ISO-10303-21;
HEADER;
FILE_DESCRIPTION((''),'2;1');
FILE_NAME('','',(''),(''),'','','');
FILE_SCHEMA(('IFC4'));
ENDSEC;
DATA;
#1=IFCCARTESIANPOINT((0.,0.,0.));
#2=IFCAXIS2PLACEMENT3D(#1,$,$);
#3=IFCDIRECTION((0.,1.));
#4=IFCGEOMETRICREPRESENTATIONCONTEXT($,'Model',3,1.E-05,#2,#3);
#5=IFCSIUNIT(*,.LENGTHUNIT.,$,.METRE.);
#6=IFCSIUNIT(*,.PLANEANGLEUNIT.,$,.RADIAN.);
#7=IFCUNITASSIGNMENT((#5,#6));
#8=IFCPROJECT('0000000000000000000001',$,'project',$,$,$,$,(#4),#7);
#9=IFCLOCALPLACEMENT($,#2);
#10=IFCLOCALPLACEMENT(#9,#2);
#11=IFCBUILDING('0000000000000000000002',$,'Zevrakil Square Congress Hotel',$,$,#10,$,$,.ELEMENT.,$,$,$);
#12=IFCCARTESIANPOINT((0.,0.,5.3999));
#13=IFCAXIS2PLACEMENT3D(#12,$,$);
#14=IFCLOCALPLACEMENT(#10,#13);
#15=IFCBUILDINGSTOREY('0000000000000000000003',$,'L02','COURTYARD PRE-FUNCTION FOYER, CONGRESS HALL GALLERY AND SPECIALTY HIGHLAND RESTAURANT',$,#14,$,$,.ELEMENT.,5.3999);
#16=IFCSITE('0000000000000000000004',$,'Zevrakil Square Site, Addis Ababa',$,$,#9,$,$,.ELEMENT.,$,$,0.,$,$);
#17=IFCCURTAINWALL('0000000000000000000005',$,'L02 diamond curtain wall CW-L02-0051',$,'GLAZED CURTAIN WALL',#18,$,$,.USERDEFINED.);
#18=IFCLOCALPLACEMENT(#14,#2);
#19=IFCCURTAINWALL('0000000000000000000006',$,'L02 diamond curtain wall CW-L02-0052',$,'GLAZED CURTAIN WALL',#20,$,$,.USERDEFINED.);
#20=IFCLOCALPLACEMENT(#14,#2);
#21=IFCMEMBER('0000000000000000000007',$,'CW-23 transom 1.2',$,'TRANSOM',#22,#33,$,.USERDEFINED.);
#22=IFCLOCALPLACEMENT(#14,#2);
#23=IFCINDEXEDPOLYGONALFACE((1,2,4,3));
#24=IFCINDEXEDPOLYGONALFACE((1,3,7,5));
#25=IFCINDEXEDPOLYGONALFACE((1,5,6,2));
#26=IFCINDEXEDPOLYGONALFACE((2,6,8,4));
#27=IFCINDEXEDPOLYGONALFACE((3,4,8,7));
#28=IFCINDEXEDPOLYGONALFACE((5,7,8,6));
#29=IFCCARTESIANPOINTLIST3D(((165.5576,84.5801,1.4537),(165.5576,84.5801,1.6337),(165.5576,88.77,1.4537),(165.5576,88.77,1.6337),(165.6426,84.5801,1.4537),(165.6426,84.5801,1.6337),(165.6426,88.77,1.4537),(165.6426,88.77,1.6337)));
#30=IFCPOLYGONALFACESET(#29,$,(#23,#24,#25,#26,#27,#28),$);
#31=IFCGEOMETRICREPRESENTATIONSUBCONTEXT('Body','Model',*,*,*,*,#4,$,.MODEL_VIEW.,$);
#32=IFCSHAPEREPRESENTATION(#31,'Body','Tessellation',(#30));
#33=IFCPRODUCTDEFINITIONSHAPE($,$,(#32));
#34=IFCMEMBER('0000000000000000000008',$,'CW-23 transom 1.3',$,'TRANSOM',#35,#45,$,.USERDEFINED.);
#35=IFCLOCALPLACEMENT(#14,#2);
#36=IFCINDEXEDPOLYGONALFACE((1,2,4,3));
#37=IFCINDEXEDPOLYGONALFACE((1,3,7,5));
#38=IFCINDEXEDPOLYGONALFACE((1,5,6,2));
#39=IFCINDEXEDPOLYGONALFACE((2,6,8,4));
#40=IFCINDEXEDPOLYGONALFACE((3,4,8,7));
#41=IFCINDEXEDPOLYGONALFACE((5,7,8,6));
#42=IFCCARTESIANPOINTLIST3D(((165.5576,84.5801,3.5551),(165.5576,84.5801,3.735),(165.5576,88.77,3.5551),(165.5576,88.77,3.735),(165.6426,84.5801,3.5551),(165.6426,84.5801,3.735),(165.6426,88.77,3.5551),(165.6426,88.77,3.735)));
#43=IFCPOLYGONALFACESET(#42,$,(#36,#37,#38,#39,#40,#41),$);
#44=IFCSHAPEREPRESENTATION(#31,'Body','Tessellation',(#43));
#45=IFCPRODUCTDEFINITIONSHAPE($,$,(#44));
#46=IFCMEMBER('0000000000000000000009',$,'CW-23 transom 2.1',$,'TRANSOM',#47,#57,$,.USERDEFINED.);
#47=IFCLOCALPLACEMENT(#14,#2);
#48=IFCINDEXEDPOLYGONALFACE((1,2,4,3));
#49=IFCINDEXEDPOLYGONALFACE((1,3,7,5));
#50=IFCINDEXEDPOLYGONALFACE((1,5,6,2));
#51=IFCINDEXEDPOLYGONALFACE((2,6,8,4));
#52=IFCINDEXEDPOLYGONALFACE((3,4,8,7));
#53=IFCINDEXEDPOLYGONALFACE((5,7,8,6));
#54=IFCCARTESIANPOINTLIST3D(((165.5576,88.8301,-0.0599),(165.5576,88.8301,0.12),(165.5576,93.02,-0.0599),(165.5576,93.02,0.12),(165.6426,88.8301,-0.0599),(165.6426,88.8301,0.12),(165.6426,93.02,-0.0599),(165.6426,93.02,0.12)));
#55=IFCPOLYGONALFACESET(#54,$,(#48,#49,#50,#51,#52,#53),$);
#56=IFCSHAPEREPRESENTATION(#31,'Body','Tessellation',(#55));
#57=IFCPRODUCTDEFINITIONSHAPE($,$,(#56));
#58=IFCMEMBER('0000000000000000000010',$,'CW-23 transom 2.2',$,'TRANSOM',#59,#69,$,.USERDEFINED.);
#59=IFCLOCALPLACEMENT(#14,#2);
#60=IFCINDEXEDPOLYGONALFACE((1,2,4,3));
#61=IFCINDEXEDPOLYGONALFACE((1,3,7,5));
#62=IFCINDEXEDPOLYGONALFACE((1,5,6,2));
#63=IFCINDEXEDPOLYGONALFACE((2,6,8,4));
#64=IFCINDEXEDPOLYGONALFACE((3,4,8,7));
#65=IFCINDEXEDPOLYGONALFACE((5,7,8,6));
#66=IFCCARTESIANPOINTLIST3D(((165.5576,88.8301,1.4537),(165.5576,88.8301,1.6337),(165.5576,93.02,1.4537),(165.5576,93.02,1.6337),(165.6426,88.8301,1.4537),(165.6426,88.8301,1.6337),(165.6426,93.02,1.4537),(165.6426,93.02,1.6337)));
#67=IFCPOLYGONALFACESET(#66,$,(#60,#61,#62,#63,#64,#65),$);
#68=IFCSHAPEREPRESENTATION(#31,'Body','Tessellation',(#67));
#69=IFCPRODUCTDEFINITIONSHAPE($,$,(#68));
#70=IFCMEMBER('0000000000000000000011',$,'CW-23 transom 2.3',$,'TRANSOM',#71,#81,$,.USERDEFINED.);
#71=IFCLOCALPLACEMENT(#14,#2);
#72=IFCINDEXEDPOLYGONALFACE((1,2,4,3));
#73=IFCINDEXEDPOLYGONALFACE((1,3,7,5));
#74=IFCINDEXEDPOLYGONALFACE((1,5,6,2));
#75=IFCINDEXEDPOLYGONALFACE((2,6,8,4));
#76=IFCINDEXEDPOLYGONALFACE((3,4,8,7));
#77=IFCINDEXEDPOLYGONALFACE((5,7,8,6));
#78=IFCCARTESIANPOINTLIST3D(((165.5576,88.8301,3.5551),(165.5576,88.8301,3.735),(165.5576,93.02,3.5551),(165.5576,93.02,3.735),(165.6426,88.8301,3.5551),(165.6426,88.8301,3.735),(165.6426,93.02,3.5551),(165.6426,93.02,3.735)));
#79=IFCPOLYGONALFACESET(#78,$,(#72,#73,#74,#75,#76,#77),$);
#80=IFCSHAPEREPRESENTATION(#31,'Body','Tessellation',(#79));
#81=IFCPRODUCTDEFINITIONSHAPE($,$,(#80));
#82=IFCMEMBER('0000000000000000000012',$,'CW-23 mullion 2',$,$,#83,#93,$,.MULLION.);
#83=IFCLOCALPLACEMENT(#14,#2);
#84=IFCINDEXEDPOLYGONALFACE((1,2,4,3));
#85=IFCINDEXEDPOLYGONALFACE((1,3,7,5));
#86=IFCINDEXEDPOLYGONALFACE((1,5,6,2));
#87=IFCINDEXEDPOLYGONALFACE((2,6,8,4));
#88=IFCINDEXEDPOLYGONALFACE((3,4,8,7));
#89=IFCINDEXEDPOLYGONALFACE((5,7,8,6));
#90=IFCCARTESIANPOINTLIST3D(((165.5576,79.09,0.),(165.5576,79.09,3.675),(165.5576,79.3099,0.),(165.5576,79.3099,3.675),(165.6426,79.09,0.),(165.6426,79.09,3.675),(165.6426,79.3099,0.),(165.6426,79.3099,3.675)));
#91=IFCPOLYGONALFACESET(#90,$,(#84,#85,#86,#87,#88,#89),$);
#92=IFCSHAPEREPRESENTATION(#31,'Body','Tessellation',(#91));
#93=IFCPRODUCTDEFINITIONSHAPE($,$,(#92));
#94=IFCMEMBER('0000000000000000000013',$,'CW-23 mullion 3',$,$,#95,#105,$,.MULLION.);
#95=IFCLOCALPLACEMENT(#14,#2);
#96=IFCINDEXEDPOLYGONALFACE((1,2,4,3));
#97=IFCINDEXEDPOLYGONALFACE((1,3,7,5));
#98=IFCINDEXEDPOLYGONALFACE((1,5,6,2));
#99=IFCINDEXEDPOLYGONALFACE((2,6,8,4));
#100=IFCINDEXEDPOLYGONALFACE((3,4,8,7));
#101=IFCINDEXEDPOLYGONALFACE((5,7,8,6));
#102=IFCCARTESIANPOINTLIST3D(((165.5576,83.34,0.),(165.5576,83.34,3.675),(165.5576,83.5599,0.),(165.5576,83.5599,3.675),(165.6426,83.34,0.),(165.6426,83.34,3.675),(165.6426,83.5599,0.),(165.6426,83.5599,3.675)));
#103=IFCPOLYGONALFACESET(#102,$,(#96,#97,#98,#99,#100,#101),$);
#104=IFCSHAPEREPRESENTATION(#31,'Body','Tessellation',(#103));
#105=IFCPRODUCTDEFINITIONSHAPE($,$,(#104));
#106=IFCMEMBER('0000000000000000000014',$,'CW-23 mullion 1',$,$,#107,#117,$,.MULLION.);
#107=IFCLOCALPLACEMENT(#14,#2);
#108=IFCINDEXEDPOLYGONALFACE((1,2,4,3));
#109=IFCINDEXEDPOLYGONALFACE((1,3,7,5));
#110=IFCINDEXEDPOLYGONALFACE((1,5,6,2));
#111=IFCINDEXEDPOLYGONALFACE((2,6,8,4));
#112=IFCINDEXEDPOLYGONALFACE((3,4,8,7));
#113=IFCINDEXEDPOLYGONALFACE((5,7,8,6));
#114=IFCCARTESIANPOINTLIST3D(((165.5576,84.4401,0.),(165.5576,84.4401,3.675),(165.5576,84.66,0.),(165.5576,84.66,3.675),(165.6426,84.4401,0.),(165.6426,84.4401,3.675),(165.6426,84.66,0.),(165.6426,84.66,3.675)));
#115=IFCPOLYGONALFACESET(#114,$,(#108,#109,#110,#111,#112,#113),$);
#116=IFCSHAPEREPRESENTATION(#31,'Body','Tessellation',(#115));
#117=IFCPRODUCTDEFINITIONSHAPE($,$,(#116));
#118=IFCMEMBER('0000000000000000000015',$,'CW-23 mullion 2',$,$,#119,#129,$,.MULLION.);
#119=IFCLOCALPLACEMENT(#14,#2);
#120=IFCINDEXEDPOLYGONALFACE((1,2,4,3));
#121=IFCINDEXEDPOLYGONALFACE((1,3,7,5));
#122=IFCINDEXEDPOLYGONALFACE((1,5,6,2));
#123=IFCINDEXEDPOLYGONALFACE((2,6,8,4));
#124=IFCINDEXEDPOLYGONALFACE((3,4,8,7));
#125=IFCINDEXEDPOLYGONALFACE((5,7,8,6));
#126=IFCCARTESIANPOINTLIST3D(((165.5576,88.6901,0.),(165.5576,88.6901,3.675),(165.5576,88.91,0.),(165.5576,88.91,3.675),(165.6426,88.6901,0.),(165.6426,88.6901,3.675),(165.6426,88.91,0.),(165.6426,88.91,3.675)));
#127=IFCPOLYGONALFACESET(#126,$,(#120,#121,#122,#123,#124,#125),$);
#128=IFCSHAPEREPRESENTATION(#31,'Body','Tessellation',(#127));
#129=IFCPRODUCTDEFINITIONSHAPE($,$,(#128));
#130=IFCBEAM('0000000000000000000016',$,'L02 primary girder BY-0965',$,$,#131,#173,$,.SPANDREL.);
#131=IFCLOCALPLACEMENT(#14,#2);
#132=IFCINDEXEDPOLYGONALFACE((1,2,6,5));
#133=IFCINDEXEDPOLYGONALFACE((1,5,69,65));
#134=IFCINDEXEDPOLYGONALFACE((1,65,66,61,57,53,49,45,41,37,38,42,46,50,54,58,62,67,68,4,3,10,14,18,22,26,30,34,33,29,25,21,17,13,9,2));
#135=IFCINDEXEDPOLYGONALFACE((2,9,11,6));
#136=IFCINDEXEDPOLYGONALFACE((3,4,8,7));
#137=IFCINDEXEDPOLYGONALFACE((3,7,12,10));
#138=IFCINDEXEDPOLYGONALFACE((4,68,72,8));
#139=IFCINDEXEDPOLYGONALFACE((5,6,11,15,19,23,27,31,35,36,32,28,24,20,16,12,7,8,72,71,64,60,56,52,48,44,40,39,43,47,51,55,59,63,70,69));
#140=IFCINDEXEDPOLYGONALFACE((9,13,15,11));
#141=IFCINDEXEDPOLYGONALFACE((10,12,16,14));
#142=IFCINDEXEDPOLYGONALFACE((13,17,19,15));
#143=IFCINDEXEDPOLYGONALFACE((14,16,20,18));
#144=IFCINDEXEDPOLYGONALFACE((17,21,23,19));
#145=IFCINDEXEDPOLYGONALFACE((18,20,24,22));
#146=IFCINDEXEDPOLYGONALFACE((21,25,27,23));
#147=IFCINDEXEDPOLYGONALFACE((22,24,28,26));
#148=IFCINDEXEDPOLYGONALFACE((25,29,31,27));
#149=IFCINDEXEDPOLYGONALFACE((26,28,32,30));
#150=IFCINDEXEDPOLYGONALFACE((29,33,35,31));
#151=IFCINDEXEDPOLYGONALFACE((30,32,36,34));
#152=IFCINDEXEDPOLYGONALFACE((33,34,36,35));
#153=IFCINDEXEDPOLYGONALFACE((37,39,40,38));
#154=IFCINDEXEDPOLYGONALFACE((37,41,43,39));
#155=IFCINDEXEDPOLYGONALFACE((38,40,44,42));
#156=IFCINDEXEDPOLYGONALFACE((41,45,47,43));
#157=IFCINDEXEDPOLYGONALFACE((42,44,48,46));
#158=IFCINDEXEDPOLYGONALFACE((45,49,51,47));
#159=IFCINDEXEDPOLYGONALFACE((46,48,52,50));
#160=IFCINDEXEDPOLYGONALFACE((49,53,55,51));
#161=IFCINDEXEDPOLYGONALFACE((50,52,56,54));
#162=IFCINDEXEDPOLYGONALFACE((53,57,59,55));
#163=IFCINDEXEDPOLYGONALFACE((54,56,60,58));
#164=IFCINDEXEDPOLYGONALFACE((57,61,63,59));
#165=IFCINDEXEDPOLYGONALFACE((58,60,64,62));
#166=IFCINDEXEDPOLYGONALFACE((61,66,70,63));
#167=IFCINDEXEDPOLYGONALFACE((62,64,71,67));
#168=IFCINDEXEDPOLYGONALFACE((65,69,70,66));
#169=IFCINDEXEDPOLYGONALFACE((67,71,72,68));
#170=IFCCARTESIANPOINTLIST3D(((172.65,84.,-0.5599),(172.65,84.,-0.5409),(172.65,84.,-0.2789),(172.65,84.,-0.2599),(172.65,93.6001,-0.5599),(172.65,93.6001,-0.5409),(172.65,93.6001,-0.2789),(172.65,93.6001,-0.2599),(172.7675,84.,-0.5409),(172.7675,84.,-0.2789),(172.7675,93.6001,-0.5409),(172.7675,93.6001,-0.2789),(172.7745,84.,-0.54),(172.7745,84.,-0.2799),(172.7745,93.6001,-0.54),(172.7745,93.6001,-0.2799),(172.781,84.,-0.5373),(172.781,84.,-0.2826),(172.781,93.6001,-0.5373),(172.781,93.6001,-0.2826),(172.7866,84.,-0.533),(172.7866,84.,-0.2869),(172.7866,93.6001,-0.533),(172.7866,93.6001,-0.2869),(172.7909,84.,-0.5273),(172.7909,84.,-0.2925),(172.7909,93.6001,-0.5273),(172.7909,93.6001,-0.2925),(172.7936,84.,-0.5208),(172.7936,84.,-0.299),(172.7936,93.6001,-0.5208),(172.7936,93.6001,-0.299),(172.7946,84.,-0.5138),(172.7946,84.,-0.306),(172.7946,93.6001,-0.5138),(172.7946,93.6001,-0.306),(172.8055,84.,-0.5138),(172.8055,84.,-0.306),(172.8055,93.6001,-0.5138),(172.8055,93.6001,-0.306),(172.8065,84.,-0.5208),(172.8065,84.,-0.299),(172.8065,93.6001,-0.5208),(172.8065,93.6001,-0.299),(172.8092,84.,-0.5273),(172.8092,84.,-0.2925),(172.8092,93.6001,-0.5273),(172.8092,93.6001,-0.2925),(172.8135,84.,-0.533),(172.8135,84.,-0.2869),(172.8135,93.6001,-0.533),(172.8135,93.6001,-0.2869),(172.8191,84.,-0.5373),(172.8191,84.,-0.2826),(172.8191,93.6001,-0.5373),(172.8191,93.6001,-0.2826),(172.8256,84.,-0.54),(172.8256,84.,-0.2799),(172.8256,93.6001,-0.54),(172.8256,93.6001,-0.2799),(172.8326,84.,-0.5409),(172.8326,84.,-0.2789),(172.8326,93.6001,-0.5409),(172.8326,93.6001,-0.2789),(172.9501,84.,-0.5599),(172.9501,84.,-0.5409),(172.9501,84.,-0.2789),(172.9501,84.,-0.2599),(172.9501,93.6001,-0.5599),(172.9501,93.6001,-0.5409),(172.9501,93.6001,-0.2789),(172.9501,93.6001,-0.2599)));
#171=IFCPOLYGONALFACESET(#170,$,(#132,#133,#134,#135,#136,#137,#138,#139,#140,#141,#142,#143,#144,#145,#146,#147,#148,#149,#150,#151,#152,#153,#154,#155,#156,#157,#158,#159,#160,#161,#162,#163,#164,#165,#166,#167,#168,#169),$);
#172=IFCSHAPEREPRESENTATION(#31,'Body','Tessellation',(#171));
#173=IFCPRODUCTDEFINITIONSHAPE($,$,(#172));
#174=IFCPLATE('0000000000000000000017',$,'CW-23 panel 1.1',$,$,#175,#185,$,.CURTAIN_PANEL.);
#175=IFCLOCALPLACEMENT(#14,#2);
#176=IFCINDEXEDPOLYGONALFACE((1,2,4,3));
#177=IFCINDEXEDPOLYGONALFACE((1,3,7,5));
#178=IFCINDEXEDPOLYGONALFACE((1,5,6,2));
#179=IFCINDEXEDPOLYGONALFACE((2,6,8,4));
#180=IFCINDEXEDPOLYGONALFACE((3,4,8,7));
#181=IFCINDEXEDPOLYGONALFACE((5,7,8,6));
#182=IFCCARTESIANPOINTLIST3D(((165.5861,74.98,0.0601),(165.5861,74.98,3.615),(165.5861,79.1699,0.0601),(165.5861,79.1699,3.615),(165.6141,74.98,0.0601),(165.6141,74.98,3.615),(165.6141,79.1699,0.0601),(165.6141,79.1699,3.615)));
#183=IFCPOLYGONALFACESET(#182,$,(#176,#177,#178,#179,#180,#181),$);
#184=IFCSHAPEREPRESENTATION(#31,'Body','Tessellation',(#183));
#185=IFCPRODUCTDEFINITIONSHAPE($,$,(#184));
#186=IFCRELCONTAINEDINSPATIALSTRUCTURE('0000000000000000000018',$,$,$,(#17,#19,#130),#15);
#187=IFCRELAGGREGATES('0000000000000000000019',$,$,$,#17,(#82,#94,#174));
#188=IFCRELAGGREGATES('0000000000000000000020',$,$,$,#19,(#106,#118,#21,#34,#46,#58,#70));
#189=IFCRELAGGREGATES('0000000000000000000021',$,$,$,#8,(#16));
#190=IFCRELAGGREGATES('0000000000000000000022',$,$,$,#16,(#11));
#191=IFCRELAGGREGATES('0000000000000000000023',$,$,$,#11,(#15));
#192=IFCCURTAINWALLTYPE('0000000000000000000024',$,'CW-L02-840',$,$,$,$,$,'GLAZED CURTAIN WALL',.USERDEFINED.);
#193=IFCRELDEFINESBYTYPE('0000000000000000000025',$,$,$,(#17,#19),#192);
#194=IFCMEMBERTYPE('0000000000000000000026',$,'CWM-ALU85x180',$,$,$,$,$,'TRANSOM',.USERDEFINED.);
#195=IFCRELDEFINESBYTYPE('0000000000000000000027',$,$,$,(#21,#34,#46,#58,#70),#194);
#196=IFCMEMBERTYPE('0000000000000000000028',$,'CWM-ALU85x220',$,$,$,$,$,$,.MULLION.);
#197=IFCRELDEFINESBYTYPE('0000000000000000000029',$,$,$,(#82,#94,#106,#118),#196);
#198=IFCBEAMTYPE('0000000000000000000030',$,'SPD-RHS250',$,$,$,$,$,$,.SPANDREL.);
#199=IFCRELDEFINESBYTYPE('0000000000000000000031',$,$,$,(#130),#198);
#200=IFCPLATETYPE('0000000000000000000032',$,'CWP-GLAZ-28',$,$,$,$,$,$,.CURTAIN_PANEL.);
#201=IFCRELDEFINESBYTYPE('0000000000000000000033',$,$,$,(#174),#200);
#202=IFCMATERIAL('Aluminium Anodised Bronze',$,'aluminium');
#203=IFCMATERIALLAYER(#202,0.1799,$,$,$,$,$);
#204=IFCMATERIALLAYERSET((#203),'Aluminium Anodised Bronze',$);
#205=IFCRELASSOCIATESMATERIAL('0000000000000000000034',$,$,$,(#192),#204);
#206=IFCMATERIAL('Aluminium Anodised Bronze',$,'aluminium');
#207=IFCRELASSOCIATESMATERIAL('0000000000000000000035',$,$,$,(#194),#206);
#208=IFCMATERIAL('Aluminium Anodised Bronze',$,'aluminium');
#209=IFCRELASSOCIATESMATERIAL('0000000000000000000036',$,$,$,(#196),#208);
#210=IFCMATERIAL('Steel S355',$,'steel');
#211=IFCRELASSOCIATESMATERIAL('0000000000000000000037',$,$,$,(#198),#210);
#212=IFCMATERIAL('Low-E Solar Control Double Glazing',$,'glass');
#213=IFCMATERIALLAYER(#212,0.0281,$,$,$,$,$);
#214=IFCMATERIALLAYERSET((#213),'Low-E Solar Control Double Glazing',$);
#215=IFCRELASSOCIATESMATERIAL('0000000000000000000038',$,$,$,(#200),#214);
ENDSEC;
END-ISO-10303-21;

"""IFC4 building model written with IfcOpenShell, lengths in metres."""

from ifc_helpers import new_model, si_unit, direction, frame, origin, origin_2d, place, context, subcontext, project, spatial, rectangle, i_section, extrude, material, layer, layer_set, material_profile, profile_set, type_object, element, aggregate, save


model = new_model("IFC4")

# Units and contexts
model_context = context("Model", 3, precision=1e-05, world=origin(), true_north=direction((0.0, 1.0)))
body_context = subcontext(model_context, "Body", "Model", "MODEL_VIEW")
ifc_project = project(units=[si_unit("LENGTHUNIT", "METRE"), si_unit("PLANEANGLEUNIT", "RADIAN")], contexts=[model_context])

# Site, building, storey
site_placement = place(None, origin())
site = spatial("IfcSite", under=ifc_project, at=site_placement, Name="Zevrakil Square Site, Addis Ababa", CompositionType="ELEMENT", RefElevation=0.0)
building_placement = place(site_placement, origin())
building = spatial("IfcBuilding", under=site, at=building_placement, Name="Zevrakil Square Congress Hotel", CompositionType="ELEMENT")
storey_placement = place(building_placement, frame((0.0, 0.0, 5.3999)))
storey = spatial("IfcBuildingStorey", under=building, at=storey_placement, Name="L02", Description="COURTYARD PRE-FUNCTION FOYER, CONGRESS HALL GALLERY AND SPECIALTY HIGHLAND RESTAURANT", CompositionType="ELEMENT", Elevation=5.3999)

# Curtain walls, members
ifc_material_1 = material(Name="Aluminium Anodised Bronze", Category="aluminium")
ifc_layer_1 = layer(ifc_material_1, 0.1799)
ifc_layer_set_1 = layer_set([ifc_layer_1], Name="Aluminium Anodised Bronze")
curtain_wall_type = type_object("IfcCurtainWallType", Name="CW-L02-840", ElementType="GLAZED CURTAIN WALL", PredefinedType="USERDEFINED", material=ifc_layer_set_1)
curtain_wall_1_placement = place(storey_placement, origin())
curtain_wall_1 = element("IfcCurtainWall", 1, at=curtain_wall_1_placement, inside=storey, type_object=curtain_wall_type, Name="L02 diamond curtain wall CW-L02-0051", ObjectType="GLAZED CURTAIN WALL", PredefinedType="USERDEFINED")
ifc_material_2 = material(Name="Aluminium Anodised Bronze", Category="aluminium")
ifc_material_profile_1 = material_profile(ifc_material_2, rectangle(XDim=0.085, YDim=0.1799, at=origin_2d()), Name="ALU 85x180")
ifc_profile_set_1 = profile_set([ifc_material_profile_1], Name="Aluminium Anodised Bronze")
member_type_1 = type_object("IfcMemberType", Name="CWM-ALU85x180", ElementType="TRANSOM", PredefinedType="USERDEFINED", material=ifc_profile_set_1)
curtain_wall_2_placement = place(storey_placement, origin())
curtain_wall_2 = element("IfcCurtainWall", 2, at=curtain_wall_2_placement, inside=storey, type_object=curtain_wall_type, Name="L02 diamond curtain wall CW-L02-0052", ObjectType="GLAZED CURTAIN WALL", PredefinedType="USERDEFINED")
member_1_placement = place(storey_placement, frame((165.6001, 84.5801, 1.5437), z_axis=(0.0, 1.0, 0.0), x_axis=(-1.0, 0.0, 0.0)))
member_1 = element("IfcMember", 3, at=member_1_placement, type_object=member_type_1, Name="CW-23 transom 1.2", ObjectType="TRANSOM", PredefinedType="USERDEFINED", context=body_context, shape_type="SweptSolid", body=[
    extrude(rectangle(XDim=0.085, YDim=0.1799, at=origin_2d()), origin(), (0.0, 0.0, 1.0), 4.1899),
])
member_2_placement = place(storey_placement, frame((165.6001, 84.5801, 3.645), z_axis=(0.0, 1.0, 0.0), x_axis=(-1.0, 0.0, 0.0)))
member_2 = element("IfcMember", 4, at=member_2_placement, type_object=member_type_1, Name="CW-23 transom 1.3", ObjectType="TRANSOM", PredefinedType="USERDEFINED", context=body_context, shape_type="SweptSolid", body=[
    extrude(rectangle(XDim=0.085, YDim=0.1799, at=origin_2d()), origin(), (0.0, 0.0, 1.0), 4.1899),
])
member_3_placement = place(storey_placement, frame((165.6001, 88.8301, 0.03), z_axis=(0.0, 1.0, 0.0), x_axis=(-1.0, 0.0, 0.0)))
member_3 = element("IfcMember", 5, at=member_3_placement, type_object=member_type_1, Name="CW-23 transom 2.1", ObjectType="TRANSOM", PredefinedType="USERDEFINED", context=body_context, shape_type="SweptSolid", body=[
    extrude(rectangle(XDim=0.085, YDim=0.1799, at=origin_2d()), origin(), (0.0, 0.0, 1.0), 4.1899),
])
member_4_placement = place(storey_placement, frame((165.6001, 88.8301, 1.5437), z_axis=(0.0, 1.0, 0.0), x_axis=(-1.0, 0.0, 0.0)))
member_4 = element("IfcMember", 6, at=member_4_placement, type_object=member_type_1, Name="CW-23 transom 2.2", ObjectType="TRANSOM", PredefinedType="USERDEFINED", context=body_context, shape_type="SweptSolid", body=[
    extrude(rectangle(XDim=0.085, YDim=0.1799, at=origin_2d()), origin(), (0.0, 0.0, 1.0), 4.1899),
])
member_5_placement = place(storey_placement, frame((165.6001, 88.8301, 3.645), z_axis=(0.0, 1.0, 0.0), x_axis=(-1.0, 0.0, 0.0)))
member_5 = element("IfcMember", 7, at=member_5_placement, type_object=member_type_1, Name="CW-23 transom 2.3", ObjectType="TRANSOM", PredefinedType="USERDEFINED", context=body_context, shape_type="SweptSolid", body=[
    extrude(rectangle(XDim=0.085, YDim=0.1799, at=origin_2d()), origin(), (0.0, 0.0, 1.0), 4.1899),
])

# Members
ifc_material_3 = material(Name="Aluminium Anodised Bronze", Category="aluminium")
ifc_material_profile_2 = material_profile(ifc_material_3, rectangle(XDim=0.085, YDim=0.22, at=origin_2d()), Name="ALU 85x220")
ifc_profile_set_2 = profile_set([ifc_material_profile_2], Name="Aluminium Anodised Bronze")
member_type_2 = type_object("IfcMemberType", Name="CWM-ALU85x220", PredefinedType="MULLION", material=ifc_profile_set_2)
member_6_placement = place(storey_placement, frame((165.6001, 79.2, 0.0), z_axis=(0.0, 0.0, 1.0), x_axis=(-1.0, 0.0, 0.0)))
member_6 = element("IfcMember", 8, at=member_6_placement, type_object=member_type_2, Name="CW-23 mullion 2", PredefinedType="MULLION", context=body_context, shape_type="SweptSolid", body=[
    extrude(rectangle(XDim=0.085, YDim=0.22, at=origin_2d()), origin(), (0.0, 0.0, 1.0), 3.675),
])
member_7_placement = place(storey_placement, frame((165.6001, 83.45, 0.0), z_axis=(0.0, 0.0, 1.0), x_axis=(-1.0, 0.0, 0.0)))
member_7 = element("IfcMember", 9, at=member_7_placement, type_object=member_type_2, Name="CW-23 mullion 3", PredefinedType="MULLION", context=body_context, shape_type="SweptSolid", body=[
    extrude(rectangle(XDim=0.085, YDim=0.22, at=origin_2d()), origin(), (0.0, 0.0, 1.0), 3.675),
])
member_8_placement = place(storey_placement, frame((165.6001, 84.55, 0.0), z_axis=(0.0, 0.0, 1.0), x_axis=(-1.0, 0.0, 0.0)))
member_8 = element("IfcMember", 10, at=member_8_placement, type_object=member_type_2, Name="CW-23 mullion 1", PredefinedType="MULLION", context=body_context, shape_type="SweptSolid", body=[
    extrude(rectangle(XDim=0.085, YDim=0.22, at=origin_2d()), origin(), (0.0, 0.0, 1.0), 3.675),
])
member_9_placement = place(storey_placement, frame((165.6001, 88.8, 0.0), z_axis=(0.0, 0.0, 1.0), x_axis=(-1.0, 0.0, 0.0)))
member_9 = element("IfcMember", 11, at=member_9_placement, type_object=member_type_2, Name="CW-23 mullion 2", PredefinedType="MULLION", context=body_context, shape_type="SweptSolid", body=[
    extrude(rectangle(XDim=0.085, YDim=0.22, at=origin_2d()), origin(), (0.0, 0.0, 1.0), 3.675),
])

# Beam
ifc_material_4 = material(Name="Steel S355", Category="steel")
ifc_material_profile_3 = material_profile(ifc_material_4, i_section(OverallWidth=0.3, OverallDepth=0.3, WebThickness=0.011, FlangeThickness=0.019, FilletRadius=0.0271, at=origin_2d()), Name="HEB 300")
ifc_profile_set_3 = profile_set([ifc_material_profile_3], Name="Steel S355")
beam_type_1 = type_object("IfcBeamType", Name="SPD-RHS250", PredefinedType="SPANDREL", material=ifc_profile_set_3)
beam_1_placement = place(storey_placement, frame((172.8, 84.0, -0.4099), z_axis=(0.0, 1.0, 0.0), x_axis=(-1.0, 0.0, 0.0)))
element("IfcBeam", 12, at=beam_1_placement, inside=storey, type_object=beam_type_1, Name="L02 primary girder BY-0965", PredefinedType="SPANDREL", context=body_context, shape_type="SweptSolid", body=[
    extrude(i_section(OverallWidth=0.3, OverallDepth=0.3, WebThickness=0.011, FlangeThickness=0.019, FilletRadius=0.0271, at=origin_2d()), origin(), (0.0, 0.0, 1.0), 9.6001),
])

# Plate
ifc_material_5 = material(Name="Low-E Solar Control Double Glazing", Category="glass")
ifc_layer_2 = layer(ifc_material_5, 0.0281)
ifc_layer_set_2 = layer_set([ifc_layer_2], Name="Low-E Solar Control Double Glazing")
plate_type_1 = type_object("IfcPlateType", Name="CWP-GLAZ-28", PredefinedType="CURTAIN_PANEL", material=ifc_layer_set_2)
plate_1_placement = place(storey_placement, frame((165.6001, 77.075, 0.0601), z_axis=(0.0, 0.0, 1.0), x_axis=(0.0, 1.0, 0.0)))
plate_1 = element("IfcPlate", 13, at=plate_1_placement, type_object=plate_type_1, Name="CW-23 panel 1.1", PredefinedType="CURTAIN_PANEL", context=body_context, shape_type="SweptSolid", body=[
    extrude(rectangle(XDim=4.1899, YDim=0.0281, at=origin_2d()), origin(), (0.0, 0.0, 1.0), 3.5549),
])
aggregate(curtain_wall_1, [member_6, member_7, plate_1])
aggregate(curtain_wall_2, [member_8, member_9, member_1, member_2, member_3, member_4, member_5])

save(model, "model.ifc")
